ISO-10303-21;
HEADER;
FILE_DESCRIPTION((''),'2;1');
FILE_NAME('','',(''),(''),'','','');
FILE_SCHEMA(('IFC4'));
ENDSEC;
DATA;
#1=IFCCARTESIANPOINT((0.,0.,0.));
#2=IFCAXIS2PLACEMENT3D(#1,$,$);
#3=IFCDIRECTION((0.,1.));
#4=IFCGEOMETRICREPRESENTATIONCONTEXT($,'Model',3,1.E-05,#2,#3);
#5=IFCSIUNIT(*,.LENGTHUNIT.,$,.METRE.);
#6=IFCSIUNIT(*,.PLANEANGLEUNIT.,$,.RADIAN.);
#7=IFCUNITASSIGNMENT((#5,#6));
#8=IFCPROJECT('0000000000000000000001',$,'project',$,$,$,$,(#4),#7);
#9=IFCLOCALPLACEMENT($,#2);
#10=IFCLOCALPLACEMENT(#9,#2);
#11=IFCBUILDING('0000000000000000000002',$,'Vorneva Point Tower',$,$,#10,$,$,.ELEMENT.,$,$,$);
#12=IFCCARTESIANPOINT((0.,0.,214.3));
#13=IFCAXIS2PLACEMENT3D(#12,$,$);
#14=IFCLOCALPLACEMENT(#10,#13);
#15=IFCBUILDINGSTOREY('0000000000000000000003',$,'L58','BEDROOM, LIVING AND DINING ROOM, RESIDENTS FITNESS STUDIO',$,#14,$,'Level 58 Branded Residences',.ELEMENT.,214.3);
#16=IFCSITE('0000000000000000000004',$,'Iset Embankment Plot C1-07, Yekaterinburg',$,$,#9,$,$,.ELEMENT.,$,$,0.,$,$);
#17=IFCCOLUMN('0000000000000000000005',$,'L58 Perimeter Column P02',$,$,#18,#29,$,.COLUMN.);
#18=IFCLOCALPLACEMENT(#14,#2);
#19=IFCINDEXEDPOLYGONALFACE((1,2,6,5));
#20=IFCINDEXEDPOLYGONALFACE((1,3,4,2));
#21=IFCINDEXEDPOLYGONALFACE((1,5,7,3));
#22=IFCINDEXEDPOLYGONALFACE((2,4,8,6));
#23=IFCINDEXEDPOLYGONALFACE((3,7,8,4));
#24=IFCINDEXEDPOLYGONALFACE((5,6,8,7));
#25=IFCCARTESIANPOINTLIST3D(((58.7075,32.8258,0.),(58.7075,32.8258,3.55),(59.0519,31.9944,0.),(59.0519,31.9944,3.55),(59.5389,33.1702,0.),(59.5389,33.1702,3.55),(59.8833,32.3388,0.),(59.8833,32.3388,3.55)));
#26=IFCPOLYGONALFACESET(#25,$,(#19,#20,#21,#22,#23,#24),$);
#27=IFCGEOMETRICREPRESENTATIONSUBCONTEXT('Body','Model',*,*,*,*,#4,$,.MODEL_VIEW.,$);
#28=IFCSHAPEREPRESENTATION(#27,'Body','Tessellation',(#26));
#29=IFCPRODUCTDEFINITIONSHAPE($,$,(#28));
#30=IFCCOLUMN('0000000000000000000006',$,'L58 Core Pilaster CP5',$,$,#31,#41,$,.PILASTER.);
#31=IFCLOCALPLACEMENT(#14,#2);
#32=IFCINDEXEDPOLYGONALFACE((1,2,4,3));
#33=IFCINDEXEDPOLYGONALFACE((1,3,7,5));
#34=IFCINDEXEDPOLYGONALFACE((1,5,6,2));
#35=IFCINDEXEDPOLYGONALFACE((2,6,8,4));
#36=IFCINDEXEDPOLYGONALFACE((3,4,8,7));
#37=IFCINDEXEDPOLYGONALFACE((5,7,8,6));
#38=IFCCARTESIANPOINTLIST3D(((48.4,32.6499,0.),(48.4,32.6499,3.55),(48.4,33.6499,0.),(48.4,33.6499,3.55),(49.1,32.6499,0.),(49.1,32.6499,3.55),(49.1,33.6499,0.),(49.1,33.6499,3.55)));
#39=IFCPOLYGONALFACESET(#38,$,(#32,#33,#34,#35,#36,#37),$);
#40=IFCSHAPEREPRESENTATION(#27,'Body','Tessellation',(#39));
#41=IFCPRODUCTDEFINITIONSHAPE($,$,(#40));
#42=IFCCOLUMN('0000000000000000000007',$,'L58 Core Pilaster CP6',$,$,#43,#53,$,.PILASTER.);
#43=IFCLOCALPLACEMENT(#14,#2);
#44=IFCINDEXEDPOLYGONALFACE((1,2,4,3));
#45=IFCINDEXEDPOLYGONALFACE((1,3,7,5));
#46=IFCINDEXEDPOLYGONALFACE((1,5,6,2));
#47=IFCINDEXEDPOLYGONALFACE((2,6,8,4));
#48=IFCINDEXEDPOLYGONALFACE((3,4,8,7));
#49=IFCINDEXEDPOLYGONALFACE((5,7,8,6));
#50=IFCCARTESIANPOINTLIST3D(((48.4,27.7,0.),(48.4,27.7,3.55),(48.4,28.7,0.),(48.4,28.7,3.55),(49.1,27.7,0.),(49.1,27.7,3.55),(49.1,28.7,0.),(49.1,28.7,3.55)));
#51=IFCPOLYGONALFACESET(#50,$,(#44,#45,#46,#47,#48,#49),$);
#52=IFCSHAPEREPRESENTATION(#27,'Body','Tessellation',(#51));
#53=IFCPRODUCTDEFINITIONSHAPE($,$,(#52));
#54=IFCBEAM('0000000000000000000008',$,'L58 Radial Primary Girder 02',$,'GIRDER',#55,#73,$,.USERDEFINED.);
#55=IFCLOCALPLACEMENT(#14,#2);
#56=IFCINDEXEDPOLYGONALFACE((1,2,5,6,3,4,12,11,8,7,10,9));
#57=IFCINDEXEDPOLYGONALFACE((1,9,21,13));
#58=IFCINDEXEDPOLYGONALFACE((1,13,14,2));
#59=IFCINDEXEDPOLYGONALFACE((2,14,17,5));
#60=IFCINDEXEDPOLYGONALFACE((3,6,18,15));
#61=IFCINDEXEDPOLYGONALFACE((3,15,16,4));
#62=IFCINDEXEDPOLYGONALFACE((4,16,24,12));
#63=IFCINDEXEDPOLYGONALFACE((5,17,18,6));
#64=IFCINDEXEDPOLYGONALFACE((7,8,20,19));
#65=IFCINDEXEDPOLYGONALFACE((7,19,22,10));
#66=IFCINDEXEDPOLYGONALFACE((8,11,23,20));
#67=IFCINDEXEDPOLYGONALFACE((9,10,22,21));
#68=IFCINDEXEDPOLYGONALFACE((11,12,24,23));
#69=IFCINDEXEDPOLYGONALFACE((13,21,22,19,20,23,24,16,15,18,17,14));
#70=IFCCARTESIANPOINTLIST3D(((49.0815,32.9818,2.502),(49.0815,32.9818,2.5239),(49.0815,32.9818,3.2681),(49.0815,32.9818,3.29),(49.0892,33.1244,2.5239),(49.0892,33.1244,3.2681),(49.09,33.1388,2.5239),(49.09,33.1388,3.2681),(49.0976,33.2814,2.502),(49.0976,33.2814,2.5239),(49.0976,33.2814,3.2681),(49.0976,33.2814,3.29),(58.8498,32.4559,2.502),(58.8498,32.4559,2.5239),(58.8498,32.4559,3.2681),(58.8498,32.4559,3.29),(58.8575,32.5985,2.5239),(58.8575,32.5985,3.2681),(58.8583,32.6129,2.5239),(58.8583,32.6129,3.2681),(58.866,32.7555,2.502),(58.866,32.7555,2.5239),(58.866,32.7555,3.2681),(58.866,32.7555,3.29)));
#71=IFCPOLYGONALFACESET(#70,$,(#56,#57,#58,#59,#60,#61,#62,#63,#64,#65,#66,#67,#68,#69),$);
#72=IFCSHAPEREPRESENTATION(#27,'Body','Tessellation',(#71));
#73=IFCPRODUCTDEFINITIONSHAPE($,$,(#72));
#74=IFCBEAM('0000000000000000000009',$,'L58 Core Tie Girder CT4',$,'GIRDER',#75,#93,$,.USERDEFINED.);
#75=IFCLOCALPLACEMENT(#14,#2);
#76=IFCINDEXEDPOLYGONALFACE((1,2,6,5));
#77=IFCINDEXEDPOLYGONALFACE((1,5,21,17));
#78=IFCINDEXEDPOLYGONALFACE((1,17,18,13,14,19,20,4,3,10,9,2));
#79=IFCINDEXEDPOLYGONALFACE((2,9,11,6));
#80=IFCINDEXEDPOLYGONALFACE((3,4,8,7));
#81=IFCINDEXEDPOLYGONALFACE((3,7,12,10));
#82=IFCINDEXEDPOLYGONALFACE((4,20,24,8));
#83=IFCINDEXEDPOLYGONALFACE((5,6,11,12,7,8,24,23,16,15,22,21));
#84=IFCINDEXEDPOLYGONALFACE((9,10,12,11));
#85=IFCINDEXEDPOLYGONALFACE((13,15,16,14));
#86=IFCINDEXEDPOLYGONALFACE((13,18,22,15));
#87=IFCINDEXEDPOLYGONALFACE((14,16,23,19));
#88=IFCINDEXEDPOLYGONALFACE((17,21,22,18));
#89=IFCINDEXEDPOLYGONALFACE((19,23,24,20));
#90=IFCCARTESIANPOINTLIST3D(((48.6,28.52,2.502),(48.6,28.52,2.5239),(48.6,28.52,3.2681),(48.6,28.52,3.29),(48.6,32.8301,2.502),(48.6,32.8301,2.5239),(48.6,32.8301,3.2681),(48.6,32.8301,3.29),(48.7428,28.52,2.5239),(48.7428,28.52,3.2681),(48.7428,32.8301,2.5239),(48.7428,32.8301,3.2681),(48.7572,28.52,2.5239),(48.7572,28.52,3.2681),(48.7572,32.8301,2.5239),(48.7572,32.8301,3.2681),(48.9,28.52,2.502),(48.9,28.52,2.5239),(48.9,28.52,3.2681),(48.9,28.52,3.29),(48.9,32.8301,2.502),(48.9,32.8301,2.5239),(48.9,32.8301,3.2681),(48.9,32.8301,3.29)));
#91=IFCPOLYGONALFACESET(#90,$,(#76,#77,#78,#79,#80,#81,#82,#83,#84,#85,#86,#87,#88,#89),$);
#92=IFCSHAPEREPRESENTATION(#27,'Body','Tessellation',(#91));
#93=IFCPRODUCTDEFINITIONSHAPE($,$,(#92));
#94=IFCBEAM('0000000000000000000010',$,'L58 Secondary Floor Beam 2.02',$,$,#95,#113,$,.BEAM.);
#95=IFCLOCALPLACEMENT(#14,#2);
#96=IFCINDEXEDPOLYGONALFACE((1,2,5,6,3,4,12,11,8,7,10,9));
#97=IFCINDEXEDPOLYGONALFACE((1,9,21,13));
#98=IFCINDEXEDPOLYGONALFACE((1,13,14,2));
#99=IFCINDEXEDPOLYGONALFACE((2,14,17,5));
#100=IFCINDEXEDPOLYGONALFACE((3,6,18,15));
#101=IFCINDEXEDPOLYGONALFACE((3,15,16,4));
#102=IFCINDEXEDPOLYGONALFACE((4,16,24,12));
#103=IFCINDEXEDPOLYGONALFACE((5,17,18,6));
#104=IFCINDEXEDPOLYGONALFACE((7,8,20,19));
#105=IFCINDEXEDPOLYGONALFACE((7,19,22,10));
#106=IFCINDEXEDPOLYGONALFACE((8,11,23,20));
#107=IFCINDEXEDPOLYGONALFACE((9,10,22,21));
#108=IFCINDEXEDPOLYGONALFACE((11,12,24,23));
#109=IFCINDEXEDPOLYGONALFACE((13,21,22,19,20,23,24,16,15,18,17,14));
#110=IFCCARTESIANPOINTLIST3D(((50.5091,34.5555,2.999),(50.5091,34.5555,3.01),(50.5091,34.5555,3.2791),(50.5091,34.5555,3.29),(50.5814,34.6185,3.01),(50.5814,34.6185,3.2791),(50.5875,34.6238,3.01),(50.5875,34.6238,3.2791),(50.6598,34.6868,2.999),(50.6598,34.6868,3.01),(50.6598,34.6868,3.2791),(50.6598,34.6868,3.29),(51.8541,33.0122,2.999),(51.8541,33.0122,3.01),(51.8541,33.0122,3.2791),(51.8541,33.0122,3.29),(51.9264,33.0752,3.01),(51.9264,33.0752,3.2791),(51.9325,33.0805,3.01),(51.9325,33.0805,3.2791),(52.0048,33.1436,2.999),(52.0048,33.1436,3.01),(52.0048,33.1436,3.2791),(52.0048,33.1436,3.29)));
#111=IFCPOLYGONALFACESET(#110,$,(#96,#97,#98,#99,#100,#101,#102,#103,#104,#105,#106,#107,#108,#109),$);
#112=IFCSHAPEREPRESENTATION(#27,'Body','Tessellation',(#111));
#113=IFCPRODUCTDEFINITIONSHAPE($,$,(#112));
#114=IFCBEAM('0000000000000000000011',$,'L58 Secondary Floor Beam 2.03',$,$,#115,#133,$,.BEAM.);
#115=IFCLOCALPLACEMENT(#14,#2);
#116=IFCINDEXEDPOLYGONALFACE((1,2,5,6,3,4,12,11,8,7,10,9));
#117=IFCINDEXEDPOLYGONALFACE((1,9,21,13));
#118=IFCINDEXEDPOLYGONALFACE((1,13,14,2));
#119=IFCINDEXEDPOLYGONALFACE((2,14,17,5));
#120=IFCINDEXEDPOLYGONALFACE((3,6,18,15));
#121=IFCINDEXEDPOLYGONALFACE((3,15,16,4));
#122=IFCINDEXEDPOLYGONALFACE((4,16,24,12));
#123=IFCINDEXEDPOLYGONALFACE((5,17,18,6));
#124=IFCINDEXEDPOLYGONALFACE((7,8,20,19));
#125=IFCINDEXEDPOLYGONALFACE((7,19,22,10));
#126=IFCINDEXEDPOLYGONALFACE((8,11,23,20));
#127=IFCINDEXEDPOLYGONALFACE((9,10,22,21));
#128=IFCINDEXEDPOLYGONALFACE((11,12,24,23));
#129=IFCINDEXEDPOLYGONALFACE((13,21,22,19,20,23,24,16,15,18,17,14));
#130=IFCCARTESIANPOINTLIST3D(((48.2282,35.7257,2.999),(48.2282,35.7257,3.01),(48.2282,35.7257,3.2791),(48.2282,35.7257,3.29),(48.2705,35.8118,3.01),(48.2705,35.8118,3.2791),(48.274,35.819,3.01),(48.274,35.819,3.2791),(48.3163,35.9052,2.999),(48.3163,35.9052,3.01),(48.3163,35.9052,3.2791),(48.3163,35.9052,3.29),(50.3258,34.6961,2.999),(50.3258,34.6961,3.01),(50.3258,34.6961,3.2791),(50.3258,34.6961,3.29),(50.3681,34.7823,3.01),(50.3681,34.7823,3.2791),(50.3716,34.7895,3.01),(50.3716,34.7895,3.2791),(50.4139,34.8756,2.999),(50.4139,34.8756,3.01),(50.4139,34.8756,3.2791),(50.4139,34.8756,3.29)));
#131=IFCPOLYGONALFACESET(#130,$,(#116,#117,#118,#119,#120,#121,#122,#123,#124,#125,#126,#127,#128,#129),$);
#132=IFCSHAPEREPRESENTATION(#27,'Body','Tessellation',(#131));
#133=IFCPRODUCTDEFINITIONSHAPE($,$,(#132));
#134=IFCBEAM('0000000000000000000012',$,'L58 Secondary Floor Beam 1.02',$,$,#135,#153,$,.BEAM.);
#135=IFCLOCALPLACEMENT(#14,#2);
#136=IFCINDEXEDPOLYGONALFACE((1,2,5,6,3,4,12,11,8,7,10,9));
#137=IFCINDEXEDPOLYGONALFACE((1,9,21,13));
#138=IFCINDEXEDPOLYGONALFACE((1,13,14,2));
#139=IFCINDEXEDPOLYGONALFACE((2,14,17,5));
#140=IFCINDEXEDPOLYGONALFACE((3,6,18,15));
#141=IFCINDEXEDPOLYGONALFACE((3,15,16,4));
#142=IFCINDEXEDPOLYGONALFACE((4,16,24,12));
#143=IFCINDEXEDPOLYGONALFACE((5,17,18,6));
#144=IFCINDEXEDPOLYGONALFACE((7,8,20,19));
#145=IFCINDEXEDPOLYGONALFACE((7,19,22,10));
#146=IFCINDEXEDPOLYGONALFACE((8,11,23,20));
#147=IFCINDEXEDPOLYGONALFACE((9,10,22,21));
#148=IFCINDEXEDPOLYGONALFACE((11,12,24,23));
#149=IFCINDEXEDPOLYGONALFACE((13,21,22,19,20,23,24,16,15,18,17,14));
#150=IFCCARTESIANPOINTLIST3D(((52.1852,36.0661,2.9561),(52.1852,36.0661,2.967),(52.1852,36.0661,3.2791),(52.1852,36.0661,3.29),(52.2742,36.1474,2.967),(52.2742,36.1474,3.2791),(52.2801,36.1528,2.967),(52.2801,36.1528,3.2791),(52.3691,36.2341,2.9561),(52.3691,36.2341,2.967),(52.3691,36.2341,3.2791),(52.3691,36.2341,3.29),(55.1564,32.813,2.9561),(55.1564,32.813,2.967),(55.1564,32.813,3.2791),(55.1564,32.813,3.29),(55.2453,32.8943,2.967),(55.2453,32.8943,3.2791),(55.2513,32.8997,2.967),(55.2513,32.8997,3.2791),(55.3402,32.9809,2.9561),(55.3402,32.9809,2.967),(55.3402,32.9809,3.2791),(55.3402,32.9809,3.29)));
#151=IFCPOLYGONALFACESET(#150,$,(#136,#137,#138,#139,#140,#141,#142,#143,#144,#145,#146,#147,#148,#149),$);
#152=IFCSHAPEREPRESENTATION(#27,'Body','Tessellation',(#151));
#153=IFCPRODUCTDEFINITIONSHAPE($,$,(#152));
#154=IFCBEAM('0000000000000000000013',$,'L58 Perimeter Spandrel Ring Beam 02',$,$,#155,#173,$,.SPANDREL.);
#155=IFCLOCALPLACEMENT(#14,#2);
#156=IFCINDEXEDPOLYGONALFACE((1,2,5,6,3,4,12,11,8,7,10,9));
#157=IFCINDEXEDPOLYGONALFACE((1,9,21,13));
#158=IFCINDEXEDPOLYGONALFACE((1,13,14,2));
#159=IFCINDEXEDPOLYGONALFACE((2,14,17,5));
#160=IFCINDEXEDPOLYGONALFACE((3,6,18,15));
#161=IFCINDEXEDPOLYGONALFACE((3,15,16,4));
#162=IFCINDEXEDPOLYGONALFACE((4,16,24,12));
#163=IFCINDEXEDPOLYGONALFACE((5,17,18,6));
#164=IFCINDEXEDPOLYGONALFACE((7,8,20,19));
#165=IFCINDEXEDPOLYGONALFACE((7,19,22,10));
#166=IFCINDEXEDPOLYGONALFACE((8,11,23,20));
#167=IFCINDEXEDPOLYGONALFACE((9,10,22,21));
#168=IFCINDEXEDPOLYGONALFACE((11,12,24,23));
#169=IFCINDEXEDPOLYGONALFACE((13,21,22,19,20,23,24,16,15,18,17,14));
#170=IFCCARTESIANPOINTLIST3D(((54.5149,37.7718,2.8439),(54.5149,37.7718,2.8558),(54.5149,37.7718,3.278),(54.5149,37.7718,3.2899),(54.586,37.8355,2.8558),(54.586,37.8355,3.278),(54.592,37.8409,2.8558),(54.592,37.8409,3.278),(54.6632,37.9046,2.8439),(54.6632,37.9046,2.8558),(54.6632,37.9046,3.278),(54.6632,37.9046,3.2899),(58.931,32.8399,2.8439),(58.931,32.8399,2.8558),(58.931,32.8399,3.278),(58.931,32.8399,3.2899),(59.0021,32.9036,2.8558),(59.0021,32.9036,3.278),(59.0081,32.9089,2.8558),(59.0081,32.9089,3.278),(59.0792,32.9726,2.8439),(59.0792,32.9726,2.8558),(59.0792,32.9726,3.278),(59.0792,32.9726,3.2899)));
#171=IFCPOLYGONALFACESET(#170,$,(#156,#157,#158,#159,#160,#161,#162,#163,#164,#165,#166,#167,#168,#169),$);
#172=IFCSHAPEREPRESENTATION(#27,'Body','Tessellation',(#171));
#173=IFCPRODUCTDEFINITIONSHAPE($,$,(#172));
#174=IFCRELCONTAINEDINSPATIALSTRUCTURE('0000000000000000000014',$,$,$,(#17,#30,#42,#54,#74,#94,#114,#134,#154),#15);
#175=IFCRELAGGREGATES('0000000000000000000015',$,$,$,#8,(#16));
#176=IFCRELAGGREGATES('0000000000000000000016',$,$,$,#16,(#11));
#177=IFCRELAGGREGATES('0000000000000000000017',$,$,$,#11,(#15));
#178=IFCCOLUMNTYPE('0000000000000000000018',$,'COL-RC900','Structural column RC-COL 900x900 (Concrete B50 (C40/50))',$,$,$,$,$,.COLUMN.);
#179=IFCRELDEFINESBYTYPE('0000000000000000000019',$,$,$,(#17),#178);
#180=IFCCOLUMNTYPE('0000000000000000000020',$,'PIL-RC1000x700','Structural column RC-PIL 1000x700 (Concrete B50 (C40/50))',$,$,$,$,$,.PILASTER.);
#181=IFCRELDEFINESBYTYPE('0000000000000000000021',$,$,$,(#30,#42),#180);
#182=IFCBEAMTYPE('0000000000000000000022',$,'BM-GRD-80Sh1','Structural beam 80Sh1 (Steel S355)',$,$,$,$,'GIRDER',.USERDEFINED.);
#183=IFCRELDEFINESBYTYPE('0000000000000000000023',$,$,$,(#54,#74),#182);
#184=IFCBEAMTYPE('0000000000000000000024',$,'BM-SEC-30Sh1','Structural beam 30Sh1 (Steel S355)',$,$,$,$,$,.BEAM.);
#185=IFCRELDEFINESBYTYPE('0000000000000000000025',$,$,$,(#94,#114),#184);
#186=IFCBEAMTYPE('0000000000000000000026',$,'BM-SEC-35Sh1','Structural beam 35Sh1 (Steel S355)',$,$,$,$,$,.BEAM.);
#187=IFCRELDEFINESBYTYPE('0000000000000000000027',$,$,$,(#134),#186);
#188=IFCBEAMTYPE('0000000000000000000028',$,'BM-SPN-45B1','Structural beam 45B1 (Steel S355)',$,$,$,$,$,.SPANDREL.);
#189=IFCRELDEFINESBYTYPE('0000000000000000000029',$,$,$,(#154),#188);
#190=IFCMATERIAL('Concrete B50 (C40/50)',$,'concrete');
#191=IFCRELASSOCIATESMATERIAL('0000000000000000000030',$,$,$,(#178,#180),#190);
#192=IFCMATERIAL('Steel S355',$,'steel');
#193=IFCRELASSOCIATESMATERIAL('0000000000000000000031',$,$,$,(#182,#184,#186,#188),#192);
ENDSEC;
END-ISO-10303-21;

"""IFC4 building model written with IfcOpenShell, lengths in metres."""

from ifc_helpers import new_model, si_unit, direction, frame, origin, origin_2d, place, context, subcontext, project, spatial, rectangle, i_section, extrude, material, material_profile, profile_set, type_object, element, save


model = new_model("IFC4")

# Units and contexts
model_context = context("Model", 3, precision=1e-05, world=origin(), true_north=direction((0.0, 1.0)))
body_context = subcontext(model_context, "Body", "Model", "MODEL_VIEW")
ifc_project = project(units=[si_unit("LENGTHUNIT", "METRE"), si_unit("PLANEANGLEUNIT", "RADIAN")], contexts=[model_context])

# Site, building, storey
site_placement = place(None, origin())
site = spatial("IfcSite", under=ifc_project, at=site_placement, Name="Iset Embankment Plot C1-07, Yekaterinburg", CompositionType="ELEMENT", RefElevation=0.0)
building_placement = place(site_placement, origin())
building = spatial("IfcBuilding", under=site, at=building_placement, Name="Vorneva Point Tower", CompositionType="ELEMENT")
storey_placement = place(building_placement, frame((0.0, 0.0, 214.3)))
storey = spatial("IfcBuildingStorey", under=building, at=storey_placement, Name="L58", Description="BEDROOM, LIVING AND DINING ROOM, RESIDENTS FITNESS STUDIO", LongName="Level 58 Branded Residences", CompositionType="ELEMENT", Elevation=214.3)

# Columns
ifc_material_1 = material(Name="Concrete B50 (C40/50)", Category="concrete")
ifc_material_profile_1 = material_profile(ifc_material_1, rectangle(XDim=0.8999, YDim=0.8999, at=origin_2d()), Name="RC-COL 900x900")
ifc_profile_set_1 = profile_set([ifc_material_profile_1], Name="Concrete B50 (C40/50)")
column_type_1 = type_object("IfcColumnType", Name="COL-RC900", Description="Structural column RC-COL 900x900 (Concrete B50 (C40/50))", PredefinedType="COLUMN", material=ifc_profile_set_1)
column_placement = place(storey_placement, frame((59.2954, 32.5823, 0.0), z_axis=(0.0, 0.0, 1.0), x_axis=(0.92388, 0.382683, 0.0)))
element("IfcColumn", 1, at=column_placement, inside=storey, type_object=column_type_1, Name="L58 Perimeter Column P02", PredefinedType="COLUMN", context=body_context, shape_type="SweptSolid", body=[
    extrude(rectangle(XDim=0.8999, YDim=0.8999, at=origin_2d()), origin(), (0.0, 0.0, 1.0), 3.55),
])
ifc_material_profile_2 = material_profile(ifc_material_1, rectangle(XDim=0.7, YDim=1.0, at=origin_2d()), Name="RC-PIL 1000x700")
ifc_profile_set_2 = profile_set([ifc_material_profile_2], Name="Concrete B50 (C40/50)")
column_type_2 = type_object("IfcColumnType", Name="PIL-RC1000x700", Description="Structural column RC-PIL 1000x700 (Concrete B50 (C40/50))", PredefinedType="PILASTER", material=ifc_profile_set_2)
for number, where, z_axis, x_axis, name in (
    (2, (48.75, 33.1499, 0.0), (0.0, 0.0, 1.0), (1.0, 0.0, 0.0), "L58 Core Pilaster CP5"),
    (3, (48.75, 28.2, 0.0), (0.0, 0.0, 1.0), (1.0, 0.0, 0.0), "L58 Core Pilaster CP6"),
):
    element("IfcColumn", number, at=place(storey_placement, frame(where, z_axis=z_axis, x_axis=x_axis)), inside=storey, type_object=column_type_2, Name=name, PredefinedType="PILASTER", context=body_context, shape_type="SweptSolid", body=[
        extrude(rectangle(XDim=0.7, YDim=1.0, at=origin_2d()), origin(), (0.0, 0.0, 1.0), 3.55),
    ])

# Beams
ifc_material_2 = material(Name="Steel S355", Category="steel")
ifc_material_profile_3 = material_profile(ifc_material_2, i_section(OverallWidth=0.3, OverallDepth=0.7881, WebThickness=0.0144, FlangeThickness=0.022, at=origin_2d()), Name="80Sh1")
ifc_profile_set_3 = profile_set([ifc_material_profile_3], Name="Steel S355")
beam_type_1 = type_object("IfcBeamType", Name="BM-GRD-80Sh1", Description="Structural beam 80Sh1 (Steel S355)", ElementType="GIRDER", PredefinedType="USERDEFINED", material=ifc_profile_set_3)
beam_1_placement = place(storey_placement, frame((58.8579, 32.6057, 2.896), z_axis=(-0.998554, 0.053757, 0.0), x_axis=(-0.053757, -0.998554, 0.0)))
element("IfcBeam", 4, at=beam_1_placement, inside=storey, type_object=beam_type_1, Name="L58 Radial Primary Girder 02", ObjectType="GIRDER", PredefinedType="USERDEFINED", context=body_context, shape_type="SweptSolid", body=[
    extrude(i_section(OverallWidth=0.3, OverallDepth=0.7881, WebThickness=0.0144, FlangeThickness=0.022, at=origin_2d()), origin(), (0.0, 0.0, 1.0), 9.7825),
])
beam_2_placement = place(storey_placement, frame((48.75, 28.52, 2.896), z_axis=(0.0, 1.0, 0.0), x_axis=(-1.0, 0.0, 0.0)))
element("IfcBeam", 5, at=beam_2_placement, inside=storey, type_object=beam_type_1, Name="L58 Core Tie Girder CT4", ObjectType="GIRDER", PredefinedType="USERDEFINED", context=body_context, shape_type="SweptSolid", body=[
    extrude(i_section(OverallWidth=0.3, OverallDepth=0.7881, WebThickness=0.0144, FlangeThickness=0.022, at=origin_2d()), origin(), (0.0, 0.0, 1.0), 4.3101),
])
ifc_material_profile_4 = material_profile(ifc_material_2, i_section(OverallWidth=0.2, OverallDepth=0.291, WebThickness=0.0081, FlangeThickness=0.011, at=origin_2d()), Name="30Sh1")
ifc_profile_set_4 = profile_set([ifc_material_profile_4], Name="Steel S355")
beam_type_2 = type_object("IfcBeamType", Name="BM-SEC-30Sh1", Description="Structural beam 30Sh1 (Steel S355)", PredefinedType="BEAM", material=ifc_profile_set_4)
beam_3_placement = place(storey_placement, frame((51.9294, 33.0779, 3.1445), z_axis=(-0.657026, 0.753868, 0.0), x_axis=(-0.753868, -0.657026, 0.0)))
element("IfcBeam", 6, at=beam_3_placement, inside=storey, type_object=beam_type_2, Name="L58 Secondary Floor Beam 2.02", PredefinedType="BEAM", context=body_context, shape_type="SweptSolid", body=[
    extrude(i_section(OverallWidth=0.2, OverallDepth=0.291, WebThickness=0.0081, FlangeThickness=0.011, at=origin_2d()), origin(), (0.0, 0.0, 1.0), 2.0471),
])
beam_4_placement = place(storey_placement, frame((50.3699, 34.7859, 3.1445), z_axis=(-0.897704, 0.440598, 0.0), x_axis=(-0.440598, -0.897704, 0.0)))
element("IfcBeam", 7, at=beam_4_placement, inside=storey, type_object=beam_type_2, Name="L58 Secondary Floor Beam 2.03", PredefinedType="BEAM", context=body_context, shape_type="SweptSolid", body=[
    extrude(i_section(OverallWidth=0.2, OverallDepth=0.291, WebThickness=0.0081, FlangeThickness=0.011, at=origin_2d()), origin(), (0.0, 0.0, 1.0), 2.3367),
])
ifc_material_profile_5 = material_profile(ifc_material_2, i_section(OverallWidth=0.249, OverallDepth=0.334, WebThickness=0.0081, FlangeThickness=0.011, at=origin_2d()), Name="35Sh1")
ifc_profile_set_5 = profile_set([ifc_material_profile_5], Name="Steel S355")
beam_type_3 = type_object("IfcBeamType", Name="BM-SEC-35Sh1", Description="Structural beam 35Sh1 (Steel S355)", PredefinedType="BEAM", material=ifc_profile_set_5)
beam_5_placement = place(storey_placement, frame((55.2483, 32.897, 3.123), z_axis=(-0.674381, 0.738384, 0.0), x_axis=(-0.738384, -0.674381, 0.0)))
element("IfcBeam", 8, at=beam_5_placement, inside=storey, type_object=beam_type_3, Name="L58 Secondary Floor Beam 1.02", PredefinedType="BEAM", context=body_context, shape_type="SweptSolid", body=[
    extrude(i_section(OverallWidth=0.249, OverallDepth=0.334, WebThickness=0.0081, FlangeThickness=0.011, at=origin_2d()), origin(), (0.0, 0.0, 1.0), 4.4058),
])
ifc_material_profile_6 = material_profile(ifc_material_2, i_section(OverallWidth=0.199, OverallDepth=0.446, WebThickness=0.0081, FlangeThickness=0.012, at=origin_2d()), Name="45B1")
ifc_profile_set_6 = profile_set([ifc_material_profile_6], Name="Steel S355")
beam_type_4 = type_object("IfcBeamType", Name="BM-SPN-45B1", Description="Structural beam 45B1 (Steel S355)", PredefinedType="SPANDREL", material=ifc_profile_set_6)
beam_6_placement = place(storey_placement, frame((59.0051, 32.9062, 3.0669), z_axis=(-0.66707, 0.744995, 0.0), x_axis=(-0.744995, -0.66707, 0.0)))
element("IfcBeam", 9, at=beam_6_placement, inside=storey, type_object=beam_type_4, Name="L58 Perimeter Spandrel Ring Beam 02", PredefinedType="SPANDREL", context=body_context, shape_type="SweptSolid", body=[
    extrude(i_section(OverallWidth=0.199, OverallDepth=0.446, WebThickness=0.0081, FlangeThickness=0.012, at=origin_2d()), origin(), (0.0, 0.0, 1.0), 6.6201),
])

save(model, "model.ifc")
